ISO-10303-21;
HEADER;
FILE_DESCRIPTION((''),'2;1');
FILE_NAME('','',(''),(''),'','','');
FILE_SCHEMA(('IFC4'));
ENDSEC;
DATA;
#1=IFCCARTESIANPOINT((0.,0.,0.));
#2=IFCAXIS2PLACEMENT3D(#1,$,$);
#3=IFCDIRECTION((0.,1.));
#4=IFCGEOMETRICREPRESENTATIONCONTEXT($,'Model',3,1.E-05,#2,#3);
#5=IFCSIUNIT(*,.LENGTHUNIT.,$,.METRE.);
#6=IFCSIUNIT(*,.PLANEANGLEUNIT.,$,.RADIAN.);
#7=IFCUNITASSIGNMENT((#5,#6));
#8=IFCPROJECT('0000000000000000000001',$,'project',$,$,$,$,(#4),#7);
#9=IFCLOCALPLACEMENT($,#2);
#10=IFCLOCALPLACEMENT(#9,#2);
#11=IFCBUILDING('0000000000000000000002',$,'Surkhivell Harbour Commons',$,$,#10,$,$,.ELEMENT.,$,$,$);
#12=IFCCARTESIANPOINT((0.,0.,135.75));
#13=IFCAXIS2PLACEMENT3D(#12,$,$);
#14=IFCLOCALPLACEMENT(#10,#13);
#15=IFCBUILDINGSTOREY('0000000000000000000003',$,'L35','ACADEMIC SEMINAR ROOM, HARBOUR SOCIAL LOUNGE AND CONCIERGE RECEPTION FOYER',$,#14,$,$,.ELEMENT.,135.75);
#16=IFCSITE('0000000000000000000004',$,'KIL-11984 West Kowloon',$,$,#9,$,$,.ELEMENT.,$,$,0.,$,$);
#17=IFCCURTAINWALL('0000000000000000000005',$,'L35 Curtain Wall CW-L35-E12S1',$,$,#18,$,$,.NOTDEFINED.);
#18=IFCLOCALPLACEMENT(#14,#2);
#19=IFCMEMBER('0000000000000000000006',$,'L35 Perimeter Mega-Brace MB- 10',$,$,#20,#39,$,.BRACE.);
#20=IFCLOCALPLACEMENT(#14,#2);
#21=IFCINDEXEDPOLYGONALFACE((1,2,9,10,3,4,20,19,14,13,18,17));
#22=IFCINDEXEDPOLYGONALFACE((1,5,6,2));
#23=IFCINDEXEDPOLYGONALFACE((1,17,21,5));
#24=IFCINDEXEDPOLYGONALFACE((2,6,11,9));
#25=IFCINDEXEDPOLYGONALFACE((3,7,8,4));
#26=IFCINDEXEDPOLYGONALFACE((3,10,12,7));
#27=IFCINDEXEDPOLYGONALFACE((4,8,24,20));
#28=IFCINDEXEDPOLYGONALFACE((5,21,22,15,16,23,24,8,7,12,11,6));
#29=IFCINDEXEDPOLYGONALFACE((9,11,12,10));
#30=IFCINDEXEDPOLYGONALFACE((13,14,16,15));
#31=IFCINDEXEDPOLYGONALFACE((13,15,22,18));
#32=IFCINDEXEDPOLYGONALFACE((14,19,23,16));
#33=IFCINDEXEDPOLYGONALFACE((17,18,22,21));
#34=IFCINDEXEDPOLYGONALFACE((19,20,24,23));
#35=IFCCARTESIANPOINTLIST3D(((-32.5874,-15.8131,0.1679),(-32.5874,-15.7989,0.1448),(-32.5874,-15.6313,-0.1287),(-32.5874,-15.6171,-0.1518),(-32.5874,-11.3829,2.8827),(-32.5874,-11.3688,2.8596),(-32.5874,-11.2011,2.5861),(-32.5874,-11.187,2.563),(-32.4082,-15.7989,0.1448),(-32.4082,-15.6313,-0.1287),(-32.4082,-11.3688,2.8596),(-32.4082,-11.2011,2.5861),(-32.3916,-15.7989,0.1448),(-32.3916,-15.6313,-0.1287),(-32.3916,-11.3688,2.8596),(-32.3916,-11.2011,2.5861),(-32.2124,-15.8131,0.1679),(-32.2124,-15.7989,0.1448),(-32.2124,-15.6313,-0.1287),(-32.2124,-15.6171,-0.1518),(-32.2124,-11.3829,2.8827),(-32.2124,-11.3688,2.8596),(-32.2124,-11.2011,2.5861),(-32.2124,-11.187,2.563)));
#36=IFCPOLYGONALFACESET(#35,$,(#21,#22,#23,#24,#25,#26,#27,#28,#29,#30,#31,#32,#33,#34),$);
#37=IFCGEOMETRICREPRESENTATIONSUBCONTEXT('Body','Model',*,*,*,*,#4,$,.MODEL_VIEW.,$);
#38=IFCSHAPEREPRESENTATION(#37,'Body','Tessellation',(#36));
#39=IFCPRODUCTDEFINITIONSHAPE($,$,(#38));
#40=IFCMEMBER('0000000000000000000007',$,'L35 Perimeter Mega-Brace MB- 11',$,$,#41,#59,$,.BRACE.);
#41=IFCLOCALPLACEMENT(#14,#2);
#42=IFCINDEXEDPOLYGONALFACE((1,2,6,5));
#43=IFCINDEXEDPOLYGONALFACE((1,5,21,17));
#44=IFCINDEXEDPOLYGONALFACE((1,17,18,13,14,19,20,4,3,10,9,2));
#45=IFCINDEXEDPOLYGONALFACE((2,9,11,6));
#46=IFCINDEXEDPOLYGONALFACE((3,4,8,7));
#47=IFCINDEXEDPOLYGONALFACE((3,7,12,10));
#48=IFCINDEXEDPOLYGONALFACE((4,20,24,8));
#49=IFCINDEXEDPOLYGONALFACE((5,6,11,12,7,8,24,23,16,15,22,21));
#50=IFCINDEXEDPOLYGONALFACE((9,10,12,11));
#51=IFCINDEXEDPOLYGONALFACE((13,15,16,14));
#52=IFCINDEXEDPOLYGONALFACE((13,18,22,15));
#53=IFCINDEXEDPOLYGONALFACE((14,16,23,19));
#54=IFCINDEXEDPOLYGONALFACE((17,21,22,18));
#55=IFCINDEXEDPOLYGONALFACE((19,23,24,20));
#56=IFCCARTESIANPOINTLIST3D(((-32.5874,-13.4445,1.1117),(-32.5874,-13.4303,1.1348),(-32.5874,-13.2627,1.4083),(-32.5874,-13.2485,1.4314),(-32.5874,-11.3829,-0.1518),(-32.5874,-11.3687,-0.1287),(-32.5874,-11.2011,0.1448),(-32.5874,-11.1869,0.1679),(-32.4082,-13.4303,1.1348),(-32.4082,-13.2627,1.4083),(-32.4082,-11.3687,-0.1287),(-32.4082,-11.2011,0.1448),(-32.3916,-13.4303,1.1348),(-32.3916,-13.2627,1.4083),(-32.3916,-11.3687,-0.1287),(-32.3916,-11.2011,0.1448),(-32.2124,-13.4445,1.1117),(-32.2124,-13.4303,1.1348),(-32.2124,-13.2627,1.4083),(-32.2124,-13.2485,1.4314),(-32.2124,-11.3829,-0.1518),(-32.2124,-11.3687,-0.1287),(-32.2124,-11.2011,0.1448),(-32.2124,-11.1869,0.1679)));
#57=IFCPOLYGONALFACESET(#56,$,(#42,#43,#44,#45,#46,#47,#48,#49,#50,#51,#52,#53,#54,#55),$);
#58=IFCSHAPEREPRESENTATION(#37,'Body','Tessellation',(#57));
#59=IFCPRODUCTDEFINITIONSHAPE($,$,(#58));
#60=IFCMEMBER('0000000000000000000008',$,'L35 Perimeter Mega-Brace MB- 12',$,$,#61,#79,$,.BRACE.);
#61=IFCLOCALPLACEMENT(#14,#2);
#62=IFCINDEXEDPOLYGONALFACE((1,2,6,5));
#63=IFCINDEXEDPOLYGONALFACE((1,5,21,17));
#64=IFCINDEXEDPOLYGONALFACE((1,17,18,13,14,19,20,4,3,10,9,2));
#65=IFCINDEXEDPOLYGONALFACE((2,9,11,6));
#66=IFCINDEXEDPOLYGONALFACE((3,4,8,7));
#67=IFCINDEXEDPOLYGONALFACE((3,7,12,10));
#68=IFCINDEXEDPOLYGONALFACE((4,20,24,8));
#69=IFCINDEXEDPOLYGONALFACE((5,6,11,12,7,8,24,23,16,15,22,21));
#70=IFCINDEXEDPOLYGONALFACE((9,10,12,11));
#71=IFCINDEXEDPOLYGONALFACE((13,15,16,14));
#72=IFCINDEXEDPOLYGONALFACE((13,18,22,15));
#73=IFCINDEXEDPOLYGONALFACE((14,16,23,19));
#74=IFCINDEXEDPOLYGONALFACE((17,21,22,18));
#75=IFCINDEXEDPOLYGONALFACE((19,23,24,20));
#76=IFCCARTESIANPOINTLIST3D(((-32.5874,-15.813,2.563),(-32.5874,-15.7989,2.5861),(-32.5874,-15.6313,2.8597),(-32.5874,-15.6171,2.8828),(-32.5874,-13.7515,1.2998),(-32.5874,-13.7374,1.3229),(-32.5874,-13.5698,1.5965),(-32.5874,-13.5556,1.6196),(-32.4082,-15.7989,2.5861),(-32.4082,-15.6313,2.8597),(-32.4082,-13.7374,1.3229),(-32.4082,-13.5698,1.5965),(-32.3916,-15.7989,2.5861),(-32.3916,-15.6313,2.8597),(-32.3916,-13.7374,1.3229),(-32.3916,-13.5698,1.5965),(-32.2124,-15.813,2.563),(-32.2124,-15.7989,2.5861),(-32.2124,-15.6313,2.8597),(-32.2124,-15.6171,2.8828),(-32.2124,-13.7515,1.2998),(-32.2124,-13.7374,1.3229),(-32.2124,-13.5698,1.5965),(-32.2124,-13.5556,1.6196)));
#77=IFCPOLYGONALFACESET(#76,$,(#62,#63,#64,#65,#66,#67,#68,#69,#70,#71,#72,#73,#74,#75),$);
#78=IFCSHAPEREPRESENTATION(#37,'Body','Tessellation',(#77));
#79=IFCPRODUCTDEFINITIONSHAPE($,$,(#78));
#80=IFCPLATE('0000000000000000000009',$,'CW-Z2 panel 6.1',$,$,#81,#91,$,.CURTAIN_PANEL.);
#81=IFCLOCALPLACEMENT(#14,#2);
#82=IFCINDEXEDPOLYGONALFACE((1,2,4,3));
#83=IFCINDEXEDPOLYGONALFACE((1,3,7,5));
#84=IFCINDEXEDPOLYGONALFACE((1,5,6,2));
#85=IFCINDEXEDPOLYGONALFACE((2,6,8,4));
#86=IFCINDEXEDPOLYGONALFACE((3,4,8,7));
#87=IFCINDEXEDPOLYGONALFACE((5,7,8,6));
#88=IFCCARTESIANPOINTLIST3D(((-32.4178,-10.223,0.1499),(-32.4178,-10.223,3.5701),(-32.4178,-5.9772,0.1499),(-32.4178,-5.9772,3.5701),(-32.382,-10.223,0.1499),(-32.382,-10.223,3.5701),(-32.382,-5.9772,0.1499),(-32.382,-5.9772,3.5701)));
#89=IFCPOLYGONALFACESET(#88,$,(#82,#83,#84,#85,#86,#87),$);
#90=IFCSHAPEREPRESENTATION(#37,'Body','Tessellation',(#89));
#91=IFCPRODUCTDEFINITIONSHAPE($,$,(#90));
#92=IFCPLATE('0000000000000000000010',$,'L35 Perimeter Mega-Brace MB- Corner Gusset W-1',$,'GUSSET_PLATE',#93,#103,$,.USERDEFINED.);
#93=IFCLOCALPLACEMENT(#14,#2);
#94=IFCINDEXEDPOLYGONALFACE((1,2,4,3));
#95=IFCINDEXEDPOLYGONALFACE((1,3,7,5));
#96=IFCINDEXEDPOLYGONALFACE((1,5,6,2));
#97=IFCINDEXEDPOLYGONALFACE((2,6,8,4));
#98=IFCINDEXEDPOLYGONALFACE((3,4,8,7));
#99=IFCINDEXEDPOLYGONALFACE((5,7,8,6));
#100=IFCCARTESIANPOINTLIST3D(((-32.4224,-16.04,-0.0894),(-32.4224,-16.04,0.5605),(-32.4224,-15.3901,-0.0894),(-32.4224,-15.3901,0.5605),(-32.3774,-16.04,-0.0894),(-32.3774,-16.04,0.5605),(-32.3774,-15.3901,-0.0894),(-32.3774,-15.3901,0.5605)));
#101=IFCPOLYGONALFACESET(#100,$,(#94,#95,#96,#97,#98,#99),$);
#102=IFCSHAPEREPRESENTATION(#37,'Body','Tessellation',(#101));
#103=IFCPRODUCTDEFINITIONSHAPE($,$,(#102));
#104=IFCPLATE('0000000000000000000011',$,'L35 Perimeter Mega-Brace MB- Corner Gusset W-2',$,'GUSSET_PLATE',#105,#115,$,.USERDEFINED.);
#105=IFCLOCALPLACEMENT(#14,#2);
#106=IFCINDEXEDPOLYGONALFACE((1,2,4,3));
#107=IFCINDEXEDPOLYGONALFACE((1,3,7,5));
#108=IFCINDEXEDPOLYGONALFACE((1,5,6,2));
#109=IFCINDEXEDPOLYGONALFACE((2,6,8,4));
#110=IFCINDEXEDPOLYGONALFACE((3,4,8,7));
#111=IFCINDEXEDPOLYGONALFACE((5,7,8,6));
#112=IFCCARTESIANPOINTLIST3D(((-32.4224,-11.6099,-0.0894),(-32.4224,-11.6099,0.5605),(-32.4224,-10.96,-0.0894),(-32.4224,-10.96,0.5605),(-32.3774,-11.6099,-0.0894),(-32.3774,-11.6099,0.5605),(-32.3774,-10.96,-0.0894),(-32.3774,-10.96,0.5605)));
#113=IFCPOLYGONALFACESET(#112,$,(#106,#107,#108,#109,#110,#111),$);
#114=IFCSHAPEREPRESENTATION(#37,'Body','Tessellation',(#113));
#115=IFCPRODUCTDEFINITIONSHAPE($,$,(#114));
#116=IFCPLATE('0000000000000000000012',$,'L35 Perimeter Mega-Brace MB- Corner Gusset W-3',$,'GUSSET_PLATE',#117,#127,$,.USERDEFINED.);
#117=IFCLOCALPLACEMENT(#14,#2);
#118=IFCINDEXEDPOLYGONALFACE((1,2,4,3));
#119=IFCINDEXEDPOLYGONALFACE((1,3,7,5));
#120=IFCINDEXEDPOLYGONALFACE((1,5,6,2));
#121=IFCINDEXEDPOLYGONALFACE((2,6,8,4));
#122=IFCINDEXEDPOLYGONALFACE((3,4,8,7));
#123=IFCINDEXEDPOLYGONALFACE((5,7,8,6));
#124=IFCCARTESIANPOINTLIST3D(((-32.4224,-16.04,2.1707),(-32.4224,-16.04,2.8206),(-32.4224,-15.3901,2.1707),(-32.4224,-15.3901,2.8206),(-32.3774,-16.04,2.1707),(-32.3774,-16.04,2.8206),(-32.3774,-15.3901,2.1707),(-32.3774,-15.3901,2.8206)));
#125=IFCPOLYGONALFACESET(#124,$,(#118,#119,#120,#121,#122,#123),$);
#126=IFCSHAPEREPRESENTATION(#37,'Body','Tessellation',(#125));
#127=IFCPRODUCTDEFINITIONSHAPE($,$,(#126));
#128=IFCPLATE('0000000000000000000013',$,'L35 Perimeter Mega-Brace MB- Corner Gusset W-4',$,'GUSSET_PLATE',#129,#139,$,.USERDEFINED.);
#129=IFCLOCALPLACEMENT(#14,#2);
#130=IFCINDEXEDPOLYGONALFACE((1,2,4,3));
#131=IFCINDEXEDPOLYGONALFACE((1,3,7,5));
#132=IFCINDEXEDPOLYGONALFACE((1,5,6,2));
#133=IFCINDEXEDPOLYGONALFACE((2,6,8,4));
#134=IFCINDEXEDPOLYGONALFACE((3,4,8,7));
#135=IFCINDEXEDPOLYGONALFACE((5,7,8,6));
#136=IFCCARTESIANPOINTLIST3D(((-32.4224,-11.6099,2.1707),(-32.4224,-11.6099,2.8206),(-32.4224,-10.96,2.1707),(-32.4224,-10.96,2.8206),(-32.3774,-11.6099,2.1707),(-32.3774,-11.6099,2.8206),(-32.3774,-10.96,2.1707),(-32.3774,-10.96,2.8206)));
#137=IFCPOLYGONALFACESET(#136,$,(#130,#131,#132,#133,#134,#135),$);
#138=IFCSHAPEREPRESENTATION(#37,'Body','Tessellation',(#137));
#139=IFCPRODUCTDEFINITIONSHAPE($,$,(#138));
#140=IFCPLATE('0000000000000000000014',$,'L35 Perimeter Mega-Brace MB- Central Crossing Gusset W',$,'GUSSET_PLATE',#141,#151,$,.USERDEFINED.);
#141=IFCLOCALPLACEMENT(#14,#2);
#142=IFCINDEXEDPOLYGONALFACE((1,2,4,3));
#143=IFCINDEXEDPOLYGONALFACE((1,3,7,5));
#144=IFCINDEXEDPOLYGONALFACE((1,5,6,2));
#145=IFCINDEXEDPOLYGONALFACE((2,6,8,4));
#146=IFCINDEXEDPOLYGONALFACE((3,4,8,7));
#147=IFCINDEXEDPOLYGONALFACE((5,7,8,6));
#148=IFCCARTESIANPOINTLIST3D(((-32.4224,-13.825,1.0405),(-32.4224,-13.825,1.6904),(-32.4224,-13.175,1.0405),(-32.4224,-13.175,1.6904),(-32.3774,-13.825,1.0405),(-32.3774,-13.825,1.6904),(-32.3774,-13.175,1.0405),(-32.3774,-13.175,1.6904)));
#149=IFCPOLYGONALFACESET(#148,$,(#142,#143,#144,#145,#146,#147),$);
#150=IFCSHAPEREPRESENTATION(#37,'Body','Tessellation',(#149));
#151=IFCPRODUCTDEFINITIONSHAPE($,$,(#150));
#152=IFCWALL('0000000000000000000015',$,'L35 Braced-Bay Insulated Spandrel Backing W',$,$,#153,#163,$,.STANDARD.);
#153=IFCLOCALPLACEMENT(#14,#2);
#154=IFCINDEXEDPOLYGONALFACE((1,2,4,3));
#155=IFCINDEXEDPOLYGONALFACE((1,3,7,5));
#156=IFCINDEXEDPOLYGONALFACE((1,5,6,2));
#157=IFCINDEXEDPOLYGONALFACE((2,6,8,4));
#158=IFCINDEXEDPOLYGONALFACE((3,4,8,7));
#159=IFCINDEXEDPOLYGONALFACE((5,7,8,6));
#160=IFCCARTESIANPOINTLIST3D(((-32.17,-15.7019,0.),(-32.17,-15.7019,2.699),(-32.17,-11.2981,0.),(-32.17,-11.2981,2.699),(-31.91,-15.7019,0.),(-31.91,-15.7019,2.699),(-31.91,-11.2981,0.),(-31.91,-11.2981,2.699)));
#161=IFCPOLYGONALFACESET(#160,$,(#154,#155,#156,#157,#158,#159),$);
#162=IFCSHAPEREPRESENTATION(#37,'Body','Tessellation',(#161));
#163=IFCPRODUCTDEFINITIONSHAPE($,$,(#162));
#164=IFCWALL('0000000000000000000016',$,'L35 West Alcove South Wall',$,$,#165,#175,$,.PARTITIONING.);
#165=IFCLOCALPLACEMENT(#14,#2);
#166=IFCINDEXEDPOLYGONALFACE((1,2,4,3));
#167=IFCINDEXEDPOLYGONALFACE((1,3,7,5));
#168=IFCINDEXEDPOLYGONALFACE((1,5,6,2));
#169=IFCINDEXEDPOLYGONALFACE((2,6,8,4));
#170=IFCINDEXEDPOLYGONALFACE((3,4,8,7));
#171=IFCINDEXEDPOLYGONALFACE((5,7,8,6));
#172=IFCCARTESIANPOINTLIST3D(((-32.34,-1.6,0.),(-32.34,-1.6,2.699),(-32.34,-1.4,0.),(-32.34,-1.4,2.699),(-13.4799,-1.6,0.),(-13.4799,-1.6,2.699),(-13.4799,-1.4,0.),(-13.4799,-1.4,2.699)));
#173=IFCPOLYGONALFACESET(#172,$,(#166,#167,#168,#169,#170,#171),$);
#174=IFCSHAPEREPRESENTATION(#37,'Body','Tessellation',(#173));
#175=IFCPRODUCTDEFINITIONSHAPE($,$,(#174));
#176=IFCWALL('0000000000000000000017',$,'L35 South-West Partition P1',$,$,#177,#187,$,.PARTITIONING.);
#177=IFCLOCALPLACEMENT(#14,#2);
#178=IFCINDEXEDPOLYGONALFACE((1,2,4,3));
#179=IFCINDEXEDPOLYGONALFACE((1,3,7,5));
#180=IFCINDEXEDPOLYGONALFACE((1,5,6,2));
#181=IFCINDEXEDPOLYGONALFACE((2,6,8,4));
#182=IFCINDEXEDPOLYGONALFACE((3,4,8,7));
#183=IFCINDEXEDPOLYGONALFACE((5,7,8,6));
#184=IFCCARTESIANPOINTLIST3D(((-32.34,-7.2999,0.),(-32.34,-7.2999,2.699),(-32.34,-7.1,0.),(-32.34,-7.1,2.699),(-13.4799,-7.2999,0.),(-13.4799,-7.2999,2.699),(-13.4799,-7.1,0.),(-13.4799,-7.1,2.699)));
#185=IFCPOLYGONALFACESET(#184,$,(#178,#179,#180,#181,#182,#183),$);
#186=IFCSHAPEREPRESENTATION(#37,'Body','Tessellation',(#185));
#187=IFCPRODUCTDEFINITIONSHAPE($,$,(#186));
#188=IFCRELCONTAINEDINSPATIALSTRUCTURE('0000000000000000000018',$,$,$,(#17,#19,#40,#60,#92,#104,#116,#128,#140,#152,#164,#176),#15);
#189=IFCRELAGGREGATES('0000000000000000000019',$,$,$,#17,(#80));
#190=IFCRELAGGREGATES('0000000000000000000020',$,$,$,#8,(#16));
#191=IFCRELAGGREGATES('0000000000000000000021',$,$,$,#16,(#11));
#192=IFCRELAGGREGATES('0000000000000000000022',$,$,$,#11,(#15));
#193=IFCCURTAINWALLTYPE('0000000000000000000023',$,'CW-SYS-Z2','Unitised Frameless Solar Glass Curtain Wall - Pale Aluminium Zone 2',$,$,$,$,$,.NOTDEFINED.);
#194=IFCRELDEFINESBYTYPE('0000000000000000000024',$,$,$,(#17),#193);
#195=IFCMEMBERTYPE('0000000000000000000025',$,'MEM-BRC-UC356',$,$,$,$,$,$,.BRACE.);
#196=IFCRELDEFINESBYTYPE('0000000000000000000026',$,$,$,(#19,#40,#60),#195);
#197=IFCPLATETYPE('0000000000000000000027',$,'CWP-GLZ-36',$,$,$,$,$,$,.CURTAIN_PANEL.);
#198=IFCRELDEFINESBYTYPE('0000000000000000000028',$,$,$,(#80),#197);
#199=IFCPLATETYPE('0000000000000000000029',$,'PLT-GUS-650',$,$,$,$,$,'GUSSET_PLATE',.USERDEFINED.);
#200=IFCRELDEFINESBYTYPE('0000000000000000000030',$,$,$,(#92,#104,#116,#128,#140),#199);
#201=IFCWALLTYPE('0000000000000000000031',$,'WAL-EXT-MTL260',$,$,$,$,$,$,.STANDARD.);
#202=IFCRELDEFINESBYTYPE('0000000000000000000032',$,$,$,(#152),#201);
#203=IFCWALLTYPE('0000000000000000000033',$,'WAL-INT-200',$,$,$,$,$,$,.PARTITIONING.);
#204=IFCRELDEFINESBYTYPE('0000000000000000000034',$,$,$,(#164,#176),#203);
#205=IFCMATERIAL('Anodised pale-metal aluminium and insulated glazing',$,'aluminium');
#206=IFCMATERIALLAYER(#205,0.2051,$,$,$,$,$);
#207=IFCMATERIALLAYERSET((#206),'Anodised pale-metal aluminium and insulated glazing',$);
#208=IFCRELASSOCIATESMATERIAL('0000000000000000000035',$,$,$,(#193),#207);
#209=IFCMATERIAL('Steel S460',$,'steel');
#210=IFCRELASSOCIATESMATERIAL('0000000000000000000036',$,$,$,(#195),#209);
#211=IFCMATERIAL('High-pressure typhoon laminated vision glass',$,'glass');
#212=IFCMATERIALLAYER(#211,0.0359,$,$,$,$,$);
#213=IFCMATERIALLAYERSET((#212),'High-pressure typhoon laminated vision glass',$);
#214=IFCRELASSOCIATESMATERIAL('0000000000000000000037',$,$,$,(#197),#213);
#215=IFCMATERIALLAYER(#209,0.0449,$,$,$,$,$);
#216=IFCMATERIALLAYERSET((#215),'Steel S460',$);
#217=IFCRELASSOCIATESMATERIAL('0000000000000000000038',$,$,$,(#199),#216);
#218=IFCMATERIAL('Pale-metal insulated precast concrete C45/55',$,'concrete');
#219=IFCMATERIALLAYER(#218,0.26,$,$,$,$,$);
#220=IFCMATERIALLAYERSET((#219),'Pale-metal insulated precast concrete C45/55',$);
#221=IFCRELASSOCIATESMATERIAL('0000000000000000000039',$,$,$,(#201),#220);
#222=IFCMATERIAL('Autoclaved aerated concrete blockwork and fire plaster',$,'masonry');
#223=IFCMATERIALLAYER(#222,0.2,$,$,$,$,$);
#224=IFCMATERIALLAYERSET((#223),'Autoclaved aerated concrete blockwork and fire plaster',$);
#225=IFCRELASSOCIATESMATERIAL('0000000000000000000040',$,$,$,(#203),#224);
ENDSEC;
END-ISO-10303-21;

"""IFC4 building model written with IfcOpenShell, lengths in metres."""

from ifc_helpers import new_model, si_unit, direction, frame, frame_2d, origin, origin_2d, place, context, subcontext, project, spatial, rectangle, i_section, extrude, material, layer, layer_set, material_profile, profile_set, type_object, element, aggregate, save


model = new_model("IFC4")

# Units and contexts
model_context = context("Model", 3, precision=1e-05, world=origin(), true_north=direction((0.0, 1.0)))
body_context = subcontext(model_context, "Body", "Model", "MODEL_VIEW")
ifc_project = project(units=[si_unit("LENGTHUNIT", "METRE"), si_unit("PLANEANGLEUNIT", "RADIAN")], contexts=[model_context])

# Site, building, storey
site_placement = place(None, origin())
site = spatial("IfcSite", under=ifc_project, at=site_placement, Name="KIL-11984 West Kowloon", CompositionType="ELEMENT", RefElevation=0.0)
building_placement = place(site_placement, origin())
building = spatial("IfcBuilding", under=site, at=building_placement, Name="Surkhivell Harbour Commons", CompositionType="ELEMENT")
storey_placement = place(building_placement, frame((0.0, 0.0, 135.75)))
storey = spatial("IfcBuildingStorey", under=building, at=storey_placement, Name="L35", Description="ACADEMIC SEMINAR ROOM, HARBOUR SOCIAL LOUNGE AND CONCIERGE RECEPTION FOYER", CompositionType="ELEMENT", Elevation=135.75)

# Shared definitions
ifc_material_1 = material(Name="Steel S460", Category="steel")

# Curtain wall
ifc_material_2 = material(Name="Anodised pale-metal aluminium and insulated glazing", Category="aluminium")
ifc_layer_1 = layer(ifc_material_2, 0.2051)
ifc_layer_set_1 = layer_set([ifc_layer_1], Name="Anodised pale-metal aluminium and insulated glazing")
curtain_wall_type = type_object("IfcCurtainWallType", Name="CW-SYS-Z2", Description="Unitised Frameless Solar Glass Curtain Wall - Pale Aluminium Zone 2", PredefinedType="NOTDEFINED", material=ifc_layer_set_1)
curtain_wall_placement = place(storey_placement, origin())
curtain_wall = element("IfcCurtainWall", 1, at=curtain_wall_placement, inside=storey, type_object=curtain_wall_type, Name="L35 Curtain Wall CW-L35-E12S1", PredefinedType="NOTDEFINED")

# Members
ifc_material_profile_1 = material_profile(ifc_material_1, i_section(OverallWidth=0.375, OverallDepth=0.375, WebThickness=0.0166, FlangeThickness=0.0271, at=origin_2d()), Name="UC356x368x202")
ifc_profile_set_1 = profile_set([ifc_material_profile_1], Name="Steel S460")
member_type_1 = type_object("IfcMemberType", Name="MEM-BRC-UC356", PredefinedType="BRACE", material=ifc_profile_set_1)
member_1_placement = place(storey_placement, frame((-32.3999, -15.7151, 0.0081), z_axis=(0.0, 0.852638, 0.522503), x_axis=(-1.0, 0.0, 0.0)))
element("IfcMember", 2, at=member_1_placement, inside=storey, type_object=member_type_1, Name="L35 Perimeter Mega-Brace MB- 10", PredefinedType="BRACE", context=body_context, shape_type="SweptSolid", body=[
    extrude(i_section(OverallWidth=0.375, OverallDepth=0.375, WebThickness=0.0166, FlangeThickness=0.0271, at=origin_2d()), origin(), (0.0, 0.0, 1.0), 5.1958),
])
member_2_placement = place(storey_placement, frame((-32.3999, -11.2849, 0.0081), z_axis=(0.0, -0.852617, 0.522536), x_axis=(1.0, 0.0, 0.0)))
element("IfcMember", 3, at=member_2_placement, inside=storey, type_object=member_type_1, Name="L35 Perimeter Mega-Brace MB- 11", PredefinedType="BRACE", context=body_context, shape_type="SweptSolid", body=[
    extrude(i_section(OverallWidth=0.375, OverallDepth=0.375, WebThickness=0.0166, FlangeThickness=0.0271, at=origin_2d()), origin(), (0.0, 0.0, 1.0), 2.418),
])
member_3_placement = place(storey_placement, frame((-32.3999, -13.6536, 1.4597), z_axis=(0.0, -0.852662, 0.522463), x_axis=(1.0, 0.0, 0.0)))
element("IfcMember", 4, at=member_3_placement, inside=storey, type_object=member_type_1, Name="L35 Perimeter Mega-Brace MB- 12", PredefinedType="BRACE", context=body_context, shape_type="SweptSolid", body=[
    extrude(i_section(OverallWidth=0.375, OverallDepth=0.375, WebThickness=0.0166, FlangeThickness=0.0271, at=origin_2d()), origin(), (0.0, 0.0, 1.0), 2.4177),
])

# Plate
ifc_material_3 = material(Name="High-pressure typhoon laminated vision glass", Category="glass")
ifc_layer_2 = layer(ifc_material_3, 0.0359)
ifc_layer_set_2 = layer_set([ifc_layer_2], Name="High-pressure typhoon laminated vision glass")
plate_type_1 = type_object("IfcPlateType", Name="CWP-GLZ-36", PredefinedType="CURTAIN_PANEL", material=ifc_layer_set_2)
plate_placement = place(storey_placement, frame((-32.3999, -5.9771, 0.1499), z_axis=(0.0, 0.0, 1.0), x_axis=(0.0, -1.0, 0.0)))
plate = element("IfcPlate", 5, at=plate_placement, type_object=plate_type_1, Name="CW-Z2 panel 6.1", PredefinedType="CURTAIN_PANEL", context=body_context, shape_type="SweptSolid", body=[
    extrude(rectangle(XDim=4.2458, YDim=0.0359, at=frame_2d((2.123, 0.0))), origin(), (0.0, 0.0, 1.0), 3.4202),
])
aggregate(curtain_wall, [plate])

# Plates
ifc_layer_3 = layer(ifc_material_1, 0.0449)
ifc_layer_set_3 = layer_set([ifc_layer_3], Name="Steel S460")
plate_type_2 = type_object("IfcPlateType", Name="PLT-GUS-650", ElementType="GUSSET_PLATE", PredefinedType="USERDEFINED", material=ifc_layer_set_3)
for number, where, z_axis, x_axis, name in (
    (6, (-32.3999, -15.7151, -0.0894), (0.0, 0.0, 1.0), (0.0, 1.0, 0.0), "L35 Perimeter Mega-Brace MB- Corner Gusset W-1"),
    (7, (-32.3999, -11.2849, -0.0894), (0.0, 0.0, 1.0), (0.0, 1.0, 0.0), "L35 Perimeter Mega-Brace MB- Corner Gusset W-2"),
    (8, (-32.3999, -15.7151, 2.1707), (0.0, 0.0, 1.0), (0.0, 1.0, 0.0), "L35 Perimeter Mega-Brace MB- Corner Gusset W-3"),
    (9, (-32.3999, -11.2849, 2.1707), (0.0, 0.0, 1.0), (0.0, 1.0, 0.0), "L35 Perimeter Mega-Brace MB- Corner Gusset W-4"),
    (10, (-32.3999, -13.5, 1.0405), (0.0, 0.0, 1.0), (0.0, 1.0, 0.0), "L35 Perimeter Mega-Brace MB- Central Crossing Gusset W"),
):
    element("IfcPlate", number, at=place(storey_placement, frame(where, z_axis=z_axis, x_axis=x_axis)), inside=storey, type_object=plate_type_2, Name=name, ObjectType="GUSSET_PLATE", PredefinedType="USERDEFINED", context=body_context, shape_type="SweptSolid", body=[
        extrude(rectangle(XDim=0.6499, YDim=0.0449, at=origin_2d()), origin(), (0.0, 0.0, 1.0), 0.6499),
    ])

# Walls
ifc_material_4 = material(Name="Pale-metal insulated precast concrete C45/55", Category="concrete")
ifc_layer_4 = layer(ifc_material_4, 0.26)
ifc_layer_set_4 = layer_set([ifc_layer_4], Name="Pale-metal insulated precast concrete C45/55")
wall_type_1 = type_object("IfcWallType", Name="WAL-EXT-MTL260", PredefinedType="STANDARD", material=ifc_layer_set_4)
wall_placement = place(storey_placement, frame((-32.04, -11.2981, 0.0), z_axis=(0.0, 0.0, 1.0), x_axis=(0.0, -1.0, 0.0)))
element("IfcWall", 11, at=wall_placement, inside=storey, type_object=wall_type_1, Name="L35 Braced-Bay Insulated Spandrel Backing W", PredefinedType="STANDARD", context=body_context, shape_type="SweptSolid", body=[
    extrude(rectangle(XDim=4.4038, YDim=0.26, at=frame_2d((2.2019, 0.0))), origin(), (0.0, 0.0, 1.0), 2.699),
])
ifc_material_5 = material(Name="Autoclaved aerated concrete blockwork and fire plaster", Category="masonry")
ifc_layer_5 = layer(ifc_material_5, 0.2)
ifc_layer_set_5 = layer_set([ifc_layer_5], Name="Autoclaved aerated concrete blockwork and fire plaster")
wall_type_2 = type_object("IfcWallType", Name="WAL-INT-200", PredefinedType="PARTITIONING", material=ifc_layer_set_5)
for number, where, z_axis, x_axis, name in (
    (12, (-32.3401, -1.5, 0.0), (0.0, 0.0, 1.0), (1.0, 0.0, 0.0), "L35 West Alcove South Wall"),
    (13, (-32.3401, -7.2, 0.0), (0.0, 0.0, 1.0), (1.0, 0.0, 0.0), "L35 South-West Partition P1"),
):
    element("IfcWall", number, at=place(storey_placement, frame(where, z_axis=z_axis, x_axis=x_axis)), inside=storey, type_object=wall_type_2, Name=name, PredefinedType="PARTITIONING", context=body_context, shape_type="SweptSolid", body=[
        extrude(rectangle(XDim=18.8601, YDim=0.2, at=frame_2d((9.4302, 0.0))), origin(), (0.0, 0.0, 1.0), 2.699),
    ])

save(model, "model.ifc")
